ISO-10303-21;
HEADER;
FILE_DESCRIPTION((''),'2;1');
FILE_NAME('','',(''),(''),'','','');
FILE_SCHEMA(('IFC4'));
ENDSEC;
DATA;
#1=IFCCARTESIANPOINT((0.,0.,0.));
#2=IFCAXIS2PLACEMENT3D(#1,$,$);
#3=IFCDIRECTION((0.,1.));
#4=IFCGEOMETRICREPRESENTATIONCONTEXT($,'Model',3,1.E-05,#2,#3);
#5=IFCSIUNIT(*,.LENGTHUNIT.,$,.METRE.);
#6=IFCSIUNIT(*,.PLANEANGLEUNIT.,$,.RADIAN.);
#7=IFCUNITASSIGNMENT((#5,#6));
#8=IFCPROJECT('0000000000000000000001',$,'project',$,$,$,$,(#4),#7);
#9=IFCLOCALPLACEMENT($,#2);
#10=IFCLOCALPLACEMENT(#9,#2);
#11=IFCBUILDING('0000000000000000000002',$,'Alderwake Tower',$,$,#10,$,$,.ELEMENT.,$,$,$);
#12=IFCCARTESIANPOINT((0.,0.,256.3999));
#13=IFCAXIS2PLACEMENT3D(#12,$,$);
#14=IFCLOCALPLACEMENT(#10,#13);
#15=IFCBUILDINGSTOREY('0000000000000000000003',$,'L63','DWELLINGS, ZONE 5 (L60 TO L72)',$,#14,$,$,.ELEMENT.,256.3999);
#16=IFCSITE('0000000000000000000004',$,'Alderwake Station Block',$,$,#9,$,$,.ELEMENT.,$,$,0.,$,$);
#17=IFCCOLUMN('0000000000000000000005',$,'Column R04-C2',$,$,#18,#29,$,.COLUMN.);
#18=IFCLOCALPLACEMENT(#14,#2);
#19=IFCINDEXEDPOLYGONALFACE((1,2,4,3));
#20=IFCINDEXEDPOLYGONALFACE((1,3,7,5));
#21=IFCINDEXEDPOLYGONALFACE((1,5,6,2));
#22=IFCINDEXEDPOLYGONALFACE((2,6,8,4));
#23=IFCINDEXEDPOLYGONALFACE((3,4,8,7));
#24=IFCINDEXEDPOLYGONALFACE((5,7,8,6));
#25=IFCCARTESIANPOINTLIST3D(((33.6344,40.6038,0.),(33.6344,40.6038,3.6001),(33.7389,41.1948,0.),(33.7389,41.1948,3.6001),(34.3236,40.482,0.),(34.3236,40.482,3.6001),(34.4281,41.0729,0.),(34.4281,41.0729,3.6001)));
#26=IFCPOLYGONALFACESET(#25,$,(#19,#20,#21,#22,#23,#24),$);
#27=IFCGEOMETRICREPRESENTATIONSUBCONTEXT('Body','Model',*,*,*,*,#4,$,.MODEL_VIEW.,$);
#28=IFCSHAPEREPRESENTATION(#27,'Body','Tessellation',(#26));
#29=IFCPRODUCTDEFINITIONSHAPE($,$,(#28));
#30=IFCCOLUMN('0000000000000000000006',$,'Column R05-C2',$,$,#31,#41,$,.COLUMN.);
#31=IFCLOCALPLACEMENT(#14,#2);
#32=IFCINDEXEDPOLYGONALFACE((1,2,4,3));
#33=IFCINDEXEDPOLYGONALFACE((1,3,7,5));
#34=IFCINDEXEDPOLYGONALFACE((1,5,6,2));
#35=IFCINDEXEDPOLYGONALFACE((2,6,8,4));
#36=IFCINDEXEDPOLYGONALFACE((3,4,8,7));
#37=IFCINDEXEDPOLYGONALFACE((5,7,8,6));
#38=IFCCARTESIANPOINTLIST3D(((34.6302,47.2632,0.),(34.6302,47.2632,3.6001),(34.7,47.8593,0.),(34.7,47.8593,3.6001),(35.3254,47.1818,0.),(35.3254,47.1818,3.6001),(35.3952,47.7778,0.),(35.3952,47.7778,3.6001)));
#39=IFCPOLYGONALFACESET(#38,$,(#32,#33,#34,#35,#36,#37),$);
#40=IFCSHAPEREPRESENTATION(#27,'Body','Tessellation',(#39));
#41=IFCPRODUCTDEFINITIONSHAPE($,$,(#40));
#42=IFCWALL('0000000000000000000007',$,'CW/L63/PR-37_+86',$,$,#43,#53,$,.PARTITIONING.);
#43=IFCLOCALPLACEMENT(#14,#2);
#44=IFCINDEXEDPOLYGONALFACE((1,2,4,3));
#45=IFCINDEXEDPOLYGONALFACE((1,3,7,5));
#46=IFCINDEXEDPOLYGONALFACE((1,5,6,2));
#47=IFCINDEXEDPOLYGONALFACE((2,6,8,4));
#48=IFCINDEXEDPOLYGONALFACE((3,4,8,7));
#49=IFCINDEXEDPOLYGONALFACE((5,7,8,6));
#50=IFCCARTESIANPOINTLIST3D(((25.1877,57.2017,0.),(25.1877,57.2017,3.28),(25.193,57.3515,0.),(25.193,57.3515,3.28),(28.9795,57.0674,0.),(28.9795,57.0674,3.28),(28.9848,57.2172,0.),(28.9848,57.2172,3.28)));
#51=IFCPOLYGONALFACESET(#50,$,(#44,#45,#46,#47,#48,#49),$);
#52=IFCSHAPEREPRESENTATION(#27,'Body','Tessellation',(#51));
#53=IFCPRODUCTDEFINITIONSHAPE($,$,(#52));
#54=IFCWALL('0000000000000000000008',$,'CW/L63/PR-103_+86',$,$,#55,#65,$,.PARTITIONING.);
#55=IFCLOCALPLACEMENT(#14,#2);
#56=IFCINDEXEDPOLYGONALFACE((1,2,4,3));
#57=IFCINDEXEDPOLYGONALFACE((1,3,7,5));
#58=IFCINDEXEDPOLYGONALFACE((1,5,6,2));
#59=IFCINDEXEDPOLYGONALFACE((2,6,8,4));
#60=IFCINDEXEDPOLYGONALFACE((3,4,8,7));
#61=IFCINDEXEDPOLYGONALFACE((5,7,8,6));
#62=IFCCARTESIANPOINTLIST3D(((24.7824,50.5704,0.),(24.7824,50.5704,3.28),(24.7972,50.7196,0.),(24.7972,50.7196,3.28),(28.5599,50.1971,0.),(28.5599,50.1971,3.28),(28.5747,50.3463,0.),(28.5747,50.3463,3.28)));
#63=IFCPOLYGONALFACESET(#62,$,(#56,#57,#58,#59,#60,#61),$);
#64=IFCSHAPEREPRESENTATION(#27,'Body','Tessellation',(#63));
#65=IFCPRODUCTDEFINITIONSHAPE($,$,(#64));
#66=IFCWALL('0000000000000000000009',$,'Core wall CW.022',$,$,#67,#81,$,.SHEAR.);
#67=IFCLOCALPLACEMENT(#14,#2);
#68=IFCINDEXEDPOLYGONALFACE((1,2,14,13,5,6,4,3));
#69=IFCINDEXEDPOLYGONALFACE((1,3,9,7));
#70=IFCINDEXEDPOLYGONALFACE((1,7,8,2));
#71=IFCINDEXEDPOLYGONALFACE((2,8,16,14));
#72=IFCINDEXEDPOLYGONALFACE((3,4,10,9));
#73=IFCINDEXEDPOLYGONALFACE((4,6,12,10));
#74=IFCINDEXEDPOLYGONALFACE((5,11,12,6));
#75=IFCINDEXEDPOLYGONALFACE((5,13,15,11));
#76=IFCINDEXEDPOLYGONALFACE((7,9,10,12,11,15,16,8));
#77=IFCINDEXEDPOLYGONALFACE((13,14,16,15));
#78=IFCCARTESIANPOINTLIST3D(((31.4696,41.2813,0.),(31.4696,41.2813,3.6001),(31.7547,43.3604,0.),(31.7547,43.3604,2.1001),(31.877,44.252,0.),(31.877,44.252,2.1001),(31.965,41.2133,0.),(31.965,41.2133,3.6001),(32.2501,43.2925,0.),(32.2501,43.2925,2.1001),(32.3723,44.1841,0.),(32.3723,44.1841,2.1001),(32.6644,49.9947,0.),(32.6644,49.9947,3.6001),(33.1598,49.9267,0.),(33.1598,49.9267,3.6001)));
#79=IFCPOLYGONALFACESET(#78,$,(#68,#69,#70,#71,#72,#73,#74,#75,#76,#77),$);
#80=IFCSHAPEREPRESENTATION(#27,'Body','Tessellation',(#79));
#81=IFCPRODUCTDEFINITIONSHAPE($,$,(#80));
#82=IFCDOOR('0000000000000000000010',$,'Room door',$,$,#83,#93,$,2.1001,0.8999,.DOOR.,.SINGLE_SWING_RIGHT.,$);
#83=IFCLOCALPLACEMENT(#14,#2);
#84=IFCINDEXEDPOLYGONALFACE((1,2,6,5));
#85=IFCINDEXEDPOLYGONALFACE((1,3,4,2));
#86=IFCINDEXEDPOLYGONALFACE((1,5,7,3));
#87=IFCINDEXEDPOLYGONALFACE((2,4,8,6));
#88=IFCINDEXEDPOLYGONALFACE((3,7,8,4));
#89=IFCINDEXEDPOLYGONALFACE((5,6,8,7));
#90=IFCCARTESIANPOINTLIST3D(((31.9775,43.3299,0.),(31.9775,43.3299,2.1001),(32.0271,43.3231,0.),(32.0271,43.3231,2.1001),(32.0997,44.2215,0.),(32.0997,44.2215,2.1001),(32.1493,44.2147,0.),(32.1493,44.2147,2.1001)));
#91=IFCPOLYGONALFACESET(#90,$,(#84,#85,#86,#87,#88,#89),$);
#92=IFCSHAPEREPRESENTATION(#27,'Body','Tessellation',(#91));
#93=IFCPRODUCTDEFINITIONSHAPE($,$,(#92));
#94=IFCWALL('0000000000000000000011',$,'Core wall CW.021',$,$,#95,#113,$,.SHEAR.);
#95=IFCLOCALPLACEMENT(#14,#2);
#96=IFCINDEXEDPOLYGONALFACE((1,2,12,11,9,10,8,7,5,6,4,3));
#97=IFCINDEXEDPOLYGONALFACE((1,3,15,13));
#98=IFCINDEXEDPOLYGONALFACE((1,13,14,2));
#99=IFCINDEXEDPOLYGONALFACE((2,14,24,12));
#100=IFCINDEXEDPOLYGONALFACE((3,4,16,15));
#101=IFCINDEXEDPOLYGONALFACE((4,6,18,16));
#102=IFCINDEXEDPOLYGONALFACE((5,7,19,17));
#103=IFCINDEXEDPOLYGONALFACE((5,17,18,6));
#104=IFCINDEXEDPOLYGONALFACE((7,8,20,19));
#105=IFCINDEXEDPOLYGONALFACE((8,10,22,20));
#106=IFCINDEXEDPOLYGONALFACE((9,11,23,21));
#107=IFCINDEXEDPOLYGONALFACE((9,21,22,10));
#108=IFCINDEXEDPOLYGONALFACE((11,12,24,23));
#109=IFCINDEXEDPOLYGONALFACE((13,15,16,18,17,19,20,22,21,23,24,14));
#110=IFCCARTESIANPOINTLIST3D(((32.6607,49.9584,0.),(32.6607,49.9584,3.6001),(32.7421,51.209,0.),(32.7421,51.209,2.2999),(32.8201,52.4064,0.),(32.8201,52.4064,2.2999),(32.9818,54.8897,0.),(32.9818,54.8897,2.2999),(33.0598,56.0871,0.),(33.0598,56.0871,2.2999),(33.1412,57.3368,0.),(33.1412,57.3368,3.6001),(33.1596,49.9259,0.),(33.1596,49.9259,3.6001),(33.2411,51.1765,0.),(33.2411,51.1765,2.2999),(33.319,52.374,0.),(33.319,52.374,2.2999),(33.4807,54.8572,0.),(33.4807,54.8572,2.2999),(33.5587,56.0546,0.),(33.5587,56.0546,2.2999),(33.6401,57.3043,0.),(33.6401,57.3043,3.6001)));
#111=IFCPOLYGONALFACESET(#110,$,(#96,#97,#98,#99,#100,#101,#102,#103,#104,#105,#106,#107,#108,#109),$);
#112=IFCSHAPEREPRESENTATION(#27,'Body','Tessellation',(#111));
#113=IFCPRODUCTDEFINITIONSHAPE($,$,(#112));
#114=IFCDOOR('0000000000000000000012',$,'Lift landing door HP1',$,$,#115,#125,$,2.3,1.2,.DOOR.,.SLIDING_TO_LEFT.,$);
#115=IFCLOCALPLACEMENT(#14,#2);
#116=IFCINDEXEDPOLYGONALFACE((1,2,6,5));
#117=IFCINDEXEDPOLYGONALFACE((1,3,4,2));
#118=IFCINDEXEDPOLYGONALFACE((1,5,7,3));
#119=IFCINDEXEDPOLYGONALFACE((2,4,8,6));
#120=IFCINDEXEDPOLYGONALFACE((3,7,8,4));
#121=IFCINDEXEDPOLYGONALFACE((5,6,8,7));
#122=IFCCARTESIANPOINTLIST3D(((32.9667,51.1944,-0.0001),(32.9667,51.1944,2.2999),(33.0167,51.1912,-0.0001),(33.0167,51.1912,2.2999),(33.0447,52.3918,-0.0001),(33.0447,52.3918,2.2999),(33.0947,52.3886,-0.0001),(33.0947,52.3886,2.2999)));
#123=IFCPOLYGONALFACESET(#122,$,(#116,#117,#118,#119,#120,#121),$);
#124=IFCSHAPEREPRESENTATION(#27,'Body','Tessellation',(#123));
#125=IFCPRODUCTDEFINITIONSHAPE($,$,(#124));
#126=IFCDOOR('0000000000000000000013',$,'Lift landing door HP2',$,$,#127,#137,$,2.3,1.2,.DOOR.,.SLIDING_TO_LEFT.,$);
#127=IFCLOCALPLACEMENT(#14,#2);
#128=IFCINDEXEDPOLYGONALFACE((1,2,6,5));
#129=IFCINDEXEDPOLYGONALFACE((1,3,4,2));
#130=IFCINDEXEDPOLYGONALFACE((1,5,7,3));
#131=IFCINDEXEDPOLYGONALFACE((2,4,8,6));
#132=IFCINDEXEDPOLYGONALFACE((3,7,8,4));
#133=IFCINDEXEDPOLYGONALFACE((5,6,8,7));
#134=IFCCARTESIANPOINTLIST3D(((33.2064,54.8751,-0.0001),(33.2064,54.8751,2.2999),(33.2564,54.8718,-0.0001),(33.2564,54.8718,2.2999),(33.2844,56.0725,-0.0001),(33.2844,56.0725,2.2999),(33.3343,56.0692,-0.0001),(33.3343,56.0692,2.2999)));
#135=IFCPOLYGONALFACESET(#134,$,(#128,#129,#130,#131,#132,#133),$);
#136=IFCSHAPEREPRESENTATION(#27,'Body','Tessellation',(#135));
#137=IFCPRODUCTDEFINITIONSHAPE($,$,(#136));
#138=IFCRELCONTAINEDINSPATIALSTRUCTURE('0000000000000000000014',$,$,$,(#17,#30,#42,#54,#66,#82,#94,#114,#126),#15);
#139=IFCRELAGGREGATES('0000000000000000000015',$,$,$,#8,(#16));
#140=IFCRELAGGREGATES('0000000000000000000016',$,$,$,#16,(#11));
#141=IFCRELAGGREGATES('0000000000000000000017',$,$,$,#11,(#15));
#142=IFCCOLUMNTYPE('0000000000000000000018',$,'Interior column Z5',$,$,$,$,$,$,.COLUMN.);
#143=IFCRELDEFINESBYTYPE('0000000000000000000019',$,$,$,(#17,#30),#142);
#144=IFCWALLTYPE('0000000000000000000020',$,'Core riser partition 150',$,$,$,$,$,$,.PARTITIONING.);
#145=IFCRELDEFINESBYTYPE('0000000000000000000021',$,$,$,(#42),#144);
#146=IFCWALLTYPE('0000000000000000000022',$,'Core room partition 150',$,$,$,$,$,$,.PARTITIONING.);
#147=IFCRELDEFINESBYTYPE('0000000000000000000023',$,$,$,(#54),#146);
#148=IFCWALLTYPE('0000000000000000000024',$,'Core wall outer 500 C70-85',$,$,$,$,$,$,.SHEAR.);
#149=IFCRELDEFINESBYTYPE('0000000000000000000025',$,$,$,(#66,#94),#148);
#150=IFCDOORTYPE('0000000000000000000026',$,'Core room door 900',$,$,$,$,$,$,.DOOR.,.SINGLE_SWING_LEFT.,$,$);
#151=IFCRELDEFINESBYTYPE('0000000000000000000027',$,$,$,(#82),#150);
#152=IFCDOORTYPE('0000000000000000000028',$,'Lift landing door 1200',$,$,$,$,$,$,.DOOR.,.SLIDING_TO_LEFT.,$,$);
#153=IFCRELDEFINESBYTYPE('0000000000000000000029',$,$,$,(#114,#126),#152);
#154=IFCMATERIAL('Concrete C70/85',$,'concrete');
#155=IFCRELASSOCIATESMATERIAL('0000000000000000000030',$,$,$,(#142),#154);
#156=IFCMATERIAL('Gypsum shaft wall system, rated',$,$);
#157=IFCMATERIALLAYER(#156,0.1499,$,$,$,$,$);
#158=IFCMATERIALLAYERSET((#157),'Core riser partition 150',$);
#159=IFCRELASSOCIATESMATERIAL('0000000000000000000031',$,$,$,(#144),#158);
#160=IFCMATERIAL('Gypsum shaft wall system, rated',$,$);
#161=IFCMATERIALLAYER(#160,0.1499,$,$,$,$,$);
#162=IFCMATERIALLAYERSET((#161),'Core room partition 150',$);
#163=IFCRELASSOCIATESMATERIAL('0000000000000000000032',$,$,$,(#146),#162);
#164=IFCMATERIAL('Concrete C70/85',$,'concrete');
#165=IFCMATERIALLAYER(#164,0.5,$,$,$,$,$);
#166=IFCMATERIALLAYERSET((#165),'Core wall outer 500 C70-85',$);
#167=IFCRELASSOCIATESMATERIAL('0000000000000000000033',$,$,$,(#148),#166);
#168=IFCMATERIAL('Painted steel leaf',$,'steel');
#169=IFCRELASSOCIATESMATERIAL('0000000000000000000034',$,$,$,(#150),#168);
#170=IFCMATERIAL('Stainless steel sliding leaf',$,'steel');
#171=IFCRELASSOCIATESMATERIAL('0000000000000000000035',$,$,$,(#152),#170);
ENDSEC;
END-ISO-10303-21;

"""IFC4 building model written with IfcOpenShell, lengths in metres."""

from ifc_helpers import new_model, si_unit, direction, frame, frame_2d, origin, origin_2d, place, context, subcontext, project, spatial, rectangle, extrude, material, layer, layer_set, material_profile, profile_set, type_object, element, fill, save


model = new_model("IFC4")

# Units and contexts
model_context = context("Model", 3, precision=1e-05, world=origin(), true_north=direction((0.0, 1.0)))
body_context = subcontext(model_context, "Body", "Model", "MODEL_VIEW")
ifc_project = project(units=[si_unit("LENGTHUNIT", "METRE"), si_unit("PLANEANGLEUNIT", "RADIAN")], contexts=[model_context])

# Site, building, storey
site_placement = place(None, origin())
site = spatial("IfcSite", under=ifc_project, at=site_placement, Name="Alderwake Station Block", CompositionType="ELEMENT", RefElevation=0.0)
building_placement = place(site_placement, origin())
building = spatial("IfcBuilding", under=site, at=building_placement, Name="Alderwake Tower", CompositionType="ELEMENT")
storey_placement = place(building_placement, frame((0.0, 0.0, 256.3999)))
storey = spatial("IfcBuildingStorey", under=building, at=storey_placement, Name="L63", Description="DWELLINGS, ZONE 5 (L60 TO L72)", CompositionType="ELEMENT", Elevation=256.3999)

# Columns
ifc_material_1 = material(Name="Concrete C70/85", Category="concrete")
ifc_material_profile = material_profile(ifc_material_1, rectangle(XDim=0.6001, YDim=0.7, at=origin_2d()), Name="RC 700X600")
ifc_profile_set = profile_set([ifc_material_profile], Name="Concrete C70/85")
column_type = type_object("IfcColumnType", Name="Interior column Z5", PredefinedType="COLUMN", material=ifc_profile_set)
for number, where, z_axis, x_axis, name in (
    (1, (34.0312, 40.8384, 0.0), (0.0, 0.0, 1.0), (0.174109, 0.984726, 0.0), "Column R04-C2"),
    (2, (35.0127, 47.5205, 0.0), (0.0, 0.0, 1.0), (0.116402, 0.993202, 0.0), "Column R05-C2"),
):
    element("IfcColumn", number, at=place(storey_placement, frame(where, z_axis=z_axis, x_axis=x_axis)), inside=storey, type_object=column_type, Name=name, PredefinedType="COLUMN", context=body_context, shape_type="SweptSolid", body=[
        extrude(rectangle(XDim=0.6001, YDim=0.7, at=origin_2d()), origin(), (0.0, 0.0, 1.0), 3.6001),
    ])

# Walls
ifc_material_2 = material(Name="Gypsum shaft wall system, rated")
ifc_layer_1 = layer(ifc_material_2, 0.1499)
ifc_layer_set_1 = layer_set([ifc_layer_1], Name="Core riser partition 150")
wall_type_1 = type_object("IfcWallType", Name="Core riser partition 150", PredefinedType="PARTITIONING", material=ifc_layer_set_1)
wall_1_placement = place(storey_placement, frame((25.1904, 57.2766, 0.0), z_axis=(0.0, 0.0, 1.0), x_axis=(0.999374, -0.035391, 0.0)))
element("IfcWall", 3, at=wall_1_placement, inside=storey, type_object=wall_type_1, Name="CW/L63/PR-37_+86", PredefinedType="PARTITIONING", context=body_context, shape_type="SweptSolid", body=[
    extrude(rectangle(XDim=3.7942, YDim=0.1499, at=frame_2d((1.897, 0.0))), origin(), (0.0, 0.0, 1.0), 3.28),
])
ifc_material_3 = material(Name="Gypsum shaft wall system, rated")
ifc_layer_2 = layer(ifc_material_3, 0.1499)
ifc_layer_set_2 = layer_set([ifc_layer_2], Name="Core room partition 150")
wall_type_2 = type_object("IfcWallType", Name="Core room partition 150", PredefinedType="PARTITIONING", material=ifc_layer_set_2)
wall_2_placement = place(storey_placement, frame((24.7898, 50.645, 0.0), z_axis=(0.0, 0.0, 1.0), x_axis=(0.995153, -0.098338, 0.0)))
element("IfcWall", 4, at=wall_2_placement, inside=storey, type_object=wall_type_2, Name="CW/L63/PR-103_+86", PredefinedType="PARTITIONING", context=body_context, shape_type="SweptSolid", body=[
    extrude(rectangle(XDim=3.7959, YDim=0.1499, at=frame_2d((1.8979, 0.0))), origin(), (0.0, 0.0, 1.0), 3.28),
])

# Wall, opening, door
ifc_material_4 = material(Name="Concrete C70/85", Category="concrete")
ifc_layer_3 = layer(ifc_material_4, 0.5)
ifc_layer_set_3 = layer_set([ifc_layer_3], Name="Core wall outer 500 C70-85")
wall_type_3 = type_object("IfcWallType", Name="Core wall outer 500 C70-85", PredefinedType="SHEAR", material=ifc_layer_set_3)
wall_3_placement = place(storey_placement, frame((32.9121, 49.9607, 0.0), z_axis=(0.0, 0.0, 1.0), x_axis=(-0.135854, -0.990729, 0.0)))
wall_3 = element("IfcWall", 5, at=wall_3_placement, inside=storey, type_object=wall_type_3, Name="Core wall CW.022", PredefinedType="SHEAR", context=body_context, shape_type="SweptSolid", body=[
    extrude(rectangle(XDim=8.7949, YDim=0.5, at=frame_2d((4.3975, 0.0))), origin(), (0.0, 0.0, 1.0), 3.6001),
])
opening_1_placement = place(wall_3_placement, frame((5.7964, 0.0, 0.0)))
opening_1 = element("IfcOpeningElement", 6, at=opening_1_placement, cuts=wall_3, PredefinedType="OPENING", context=body_context, shape_type="SweptSolid", body=[
    extrude(rectangle(XDim=0.8999, YDim=2.1001, at=frame_2d((0.45, 1.05))), frame((0.0, 0.26, 0.0), z_axis=(0.0, -1.0, 0.0), x_axis=(1.0, 0.0, 0.0)), (0.0, 0.0, 1.0), 0.52),
])
ifc_material_5 = material(Name="Painted steel leaf", Category="steel")
door_type_1 = type_object("IfcDoorType", Name="Core room door 900", OperationType="SINGLE_SWING_LEFT", PredefinedType="DOOR", material=ifc_material_5)
door_1_placement = place(opening_1_placement, origin())
door_1 = element("IfcDoor", 7, at=door_1_placement, inside=storey, type_object=door_type_1, Name="Room door", OperationType="SINGLE_SWING_RIGHT", OverallHeight=2.1001, OverallWidth=0.8999, PredefinedType="DOOR", context=body_context, shape_type="SweptSolid", body=[
    extrude(rectangle(XDim=0.8999, YDim=2.1001, at=frame_2d((0.45, 1.05))), frame((0.0, 0.0249, 0.0), z_axis=(0.0, -1.0, 0.0), x_axis=(1.0, 0.0, 0.0)), (0.0, 0.0, 1.0), 0.05),
])
fill(opening_1, door_1)

# Wall, openings, doors
wall_4_placement = place(storey_placement, frame((32.9102, 49.9421, 0.0), z_axis=(0.0, 0.0, 1.0), x_axis=(0.064981, 0.997887, 0.0)))
wall_4 = element("IfcWall", 8, at=wall_4_placement, inside=storey, type_object=wall_type_3, Name="Core wall CW.021", PredefinedType="SHEAR", context=body_context, shape_type="SweptSolid", body=[
    extrude(rectangle(XDim=7.394, YDim=0.5, at=frame_2d((3.697, 0.0))), origin(), (0.0, 0.0, 1.0), 3.6001),
])
opening_2_placement = place(wall_4_placement, frame((1.2532, 0.0, 0.0)))
opening_2 = element("IfcOpeningElement", 9, at=opening_2_placement, cuts=wall_4, PredefinedType="OPENING", context=body_context, shape_type="SweptSolid", body=[
    extrude(rectangle(XDim=1.2, YDim=2.3, at=frame_2d((0.6001, 1.1499))), frame((0.0, 0.26, 0.0), z_axis=(0.0, -1.0, 0.0), x_axis=(1.0, 0.0, 0.0)), (0.0, 0.0, 1.0), 0.52),
])
opening_3_placement = place(wall_4_placement, frame((4.9417, 0.0, 0.0)))
opening_3 = element("IfcOpeningElement", 10, at=opening_3_placement, cuts=wall_4, PredefinedType="OPENING", context=body_context, shape_type="SweptSolid", body=[
    extrude(rectangle(XDim=1.2, YDim=2.3, at=frame_2d((0.6001, 1.1499))), frame((0.0, 0.26, 0.0), z_axis=(0.0, -1.0, 0.0), x_axis=(1.0, 0.0, 0.0)), (0.0, 0.0, 1.0), 0.52),
])
ifc_material_6 = material(Name="Stainless steel sliding leaf", Category="steel")
door_type_2 = type_object("IfcDoorType", Name="Lift landing door 1200", OperationType="SLIDING_TO_LEFT", PredefinedType="DOOR", material=ifc_material_6)
door_2_placement = place(opening_2_placement, origin())
door_2 = element("IfcDoor", 11, at=door_2_placement, inside=storey, type_object=door_type_2, Name="Lift landing door HP1", OperationType="SLIDING_TO_LEFT", OverallHeight=2.3, OverallWidth=1.2, PredefinedType="DOOR", context=body_context, shape_type="SweptSolid", body=[
    extrude(rectangle(XDim=1.2, YDim=2.3, at=frame_2d((0.6001, 1.1499))), frame((0.0, 0.0249, 0.0), z_axis=(0.0, -1.0, 0.0), x_axis=(1.0, 0.0, 0.0)), (0.0, 0.0, 1.0), 0.05),
])
fill(opening_2, door_2)
door_3_placement = place(opening_3_placement, origin())
door_3 = element("IfcDoor", 12, at=door_3_placement, inside=storey, type_object=door_type_2, Name="Lift landing door HP2", OperationType="SLIDING_TO_LEFT", OverallHeight=2.3, OverallWidth=1.2, PredefinedType="DOOR", context=body_context, shape_type="SweptSolid", body=[
    extrude(rectangle(XDim=1.2, YDim=2.3, at=frame_2d((0.6001, 1.1499))), frame((0.0, 0.0249, 0.0), z_axis=(0.0, -1.0, 0.0), x_axis=(1.0, 0.0, 0.0)), (0.0, 0.0, 1.0), 0.05),
])
fill(opening_3, door_3)

save(model, "model.ifc")
